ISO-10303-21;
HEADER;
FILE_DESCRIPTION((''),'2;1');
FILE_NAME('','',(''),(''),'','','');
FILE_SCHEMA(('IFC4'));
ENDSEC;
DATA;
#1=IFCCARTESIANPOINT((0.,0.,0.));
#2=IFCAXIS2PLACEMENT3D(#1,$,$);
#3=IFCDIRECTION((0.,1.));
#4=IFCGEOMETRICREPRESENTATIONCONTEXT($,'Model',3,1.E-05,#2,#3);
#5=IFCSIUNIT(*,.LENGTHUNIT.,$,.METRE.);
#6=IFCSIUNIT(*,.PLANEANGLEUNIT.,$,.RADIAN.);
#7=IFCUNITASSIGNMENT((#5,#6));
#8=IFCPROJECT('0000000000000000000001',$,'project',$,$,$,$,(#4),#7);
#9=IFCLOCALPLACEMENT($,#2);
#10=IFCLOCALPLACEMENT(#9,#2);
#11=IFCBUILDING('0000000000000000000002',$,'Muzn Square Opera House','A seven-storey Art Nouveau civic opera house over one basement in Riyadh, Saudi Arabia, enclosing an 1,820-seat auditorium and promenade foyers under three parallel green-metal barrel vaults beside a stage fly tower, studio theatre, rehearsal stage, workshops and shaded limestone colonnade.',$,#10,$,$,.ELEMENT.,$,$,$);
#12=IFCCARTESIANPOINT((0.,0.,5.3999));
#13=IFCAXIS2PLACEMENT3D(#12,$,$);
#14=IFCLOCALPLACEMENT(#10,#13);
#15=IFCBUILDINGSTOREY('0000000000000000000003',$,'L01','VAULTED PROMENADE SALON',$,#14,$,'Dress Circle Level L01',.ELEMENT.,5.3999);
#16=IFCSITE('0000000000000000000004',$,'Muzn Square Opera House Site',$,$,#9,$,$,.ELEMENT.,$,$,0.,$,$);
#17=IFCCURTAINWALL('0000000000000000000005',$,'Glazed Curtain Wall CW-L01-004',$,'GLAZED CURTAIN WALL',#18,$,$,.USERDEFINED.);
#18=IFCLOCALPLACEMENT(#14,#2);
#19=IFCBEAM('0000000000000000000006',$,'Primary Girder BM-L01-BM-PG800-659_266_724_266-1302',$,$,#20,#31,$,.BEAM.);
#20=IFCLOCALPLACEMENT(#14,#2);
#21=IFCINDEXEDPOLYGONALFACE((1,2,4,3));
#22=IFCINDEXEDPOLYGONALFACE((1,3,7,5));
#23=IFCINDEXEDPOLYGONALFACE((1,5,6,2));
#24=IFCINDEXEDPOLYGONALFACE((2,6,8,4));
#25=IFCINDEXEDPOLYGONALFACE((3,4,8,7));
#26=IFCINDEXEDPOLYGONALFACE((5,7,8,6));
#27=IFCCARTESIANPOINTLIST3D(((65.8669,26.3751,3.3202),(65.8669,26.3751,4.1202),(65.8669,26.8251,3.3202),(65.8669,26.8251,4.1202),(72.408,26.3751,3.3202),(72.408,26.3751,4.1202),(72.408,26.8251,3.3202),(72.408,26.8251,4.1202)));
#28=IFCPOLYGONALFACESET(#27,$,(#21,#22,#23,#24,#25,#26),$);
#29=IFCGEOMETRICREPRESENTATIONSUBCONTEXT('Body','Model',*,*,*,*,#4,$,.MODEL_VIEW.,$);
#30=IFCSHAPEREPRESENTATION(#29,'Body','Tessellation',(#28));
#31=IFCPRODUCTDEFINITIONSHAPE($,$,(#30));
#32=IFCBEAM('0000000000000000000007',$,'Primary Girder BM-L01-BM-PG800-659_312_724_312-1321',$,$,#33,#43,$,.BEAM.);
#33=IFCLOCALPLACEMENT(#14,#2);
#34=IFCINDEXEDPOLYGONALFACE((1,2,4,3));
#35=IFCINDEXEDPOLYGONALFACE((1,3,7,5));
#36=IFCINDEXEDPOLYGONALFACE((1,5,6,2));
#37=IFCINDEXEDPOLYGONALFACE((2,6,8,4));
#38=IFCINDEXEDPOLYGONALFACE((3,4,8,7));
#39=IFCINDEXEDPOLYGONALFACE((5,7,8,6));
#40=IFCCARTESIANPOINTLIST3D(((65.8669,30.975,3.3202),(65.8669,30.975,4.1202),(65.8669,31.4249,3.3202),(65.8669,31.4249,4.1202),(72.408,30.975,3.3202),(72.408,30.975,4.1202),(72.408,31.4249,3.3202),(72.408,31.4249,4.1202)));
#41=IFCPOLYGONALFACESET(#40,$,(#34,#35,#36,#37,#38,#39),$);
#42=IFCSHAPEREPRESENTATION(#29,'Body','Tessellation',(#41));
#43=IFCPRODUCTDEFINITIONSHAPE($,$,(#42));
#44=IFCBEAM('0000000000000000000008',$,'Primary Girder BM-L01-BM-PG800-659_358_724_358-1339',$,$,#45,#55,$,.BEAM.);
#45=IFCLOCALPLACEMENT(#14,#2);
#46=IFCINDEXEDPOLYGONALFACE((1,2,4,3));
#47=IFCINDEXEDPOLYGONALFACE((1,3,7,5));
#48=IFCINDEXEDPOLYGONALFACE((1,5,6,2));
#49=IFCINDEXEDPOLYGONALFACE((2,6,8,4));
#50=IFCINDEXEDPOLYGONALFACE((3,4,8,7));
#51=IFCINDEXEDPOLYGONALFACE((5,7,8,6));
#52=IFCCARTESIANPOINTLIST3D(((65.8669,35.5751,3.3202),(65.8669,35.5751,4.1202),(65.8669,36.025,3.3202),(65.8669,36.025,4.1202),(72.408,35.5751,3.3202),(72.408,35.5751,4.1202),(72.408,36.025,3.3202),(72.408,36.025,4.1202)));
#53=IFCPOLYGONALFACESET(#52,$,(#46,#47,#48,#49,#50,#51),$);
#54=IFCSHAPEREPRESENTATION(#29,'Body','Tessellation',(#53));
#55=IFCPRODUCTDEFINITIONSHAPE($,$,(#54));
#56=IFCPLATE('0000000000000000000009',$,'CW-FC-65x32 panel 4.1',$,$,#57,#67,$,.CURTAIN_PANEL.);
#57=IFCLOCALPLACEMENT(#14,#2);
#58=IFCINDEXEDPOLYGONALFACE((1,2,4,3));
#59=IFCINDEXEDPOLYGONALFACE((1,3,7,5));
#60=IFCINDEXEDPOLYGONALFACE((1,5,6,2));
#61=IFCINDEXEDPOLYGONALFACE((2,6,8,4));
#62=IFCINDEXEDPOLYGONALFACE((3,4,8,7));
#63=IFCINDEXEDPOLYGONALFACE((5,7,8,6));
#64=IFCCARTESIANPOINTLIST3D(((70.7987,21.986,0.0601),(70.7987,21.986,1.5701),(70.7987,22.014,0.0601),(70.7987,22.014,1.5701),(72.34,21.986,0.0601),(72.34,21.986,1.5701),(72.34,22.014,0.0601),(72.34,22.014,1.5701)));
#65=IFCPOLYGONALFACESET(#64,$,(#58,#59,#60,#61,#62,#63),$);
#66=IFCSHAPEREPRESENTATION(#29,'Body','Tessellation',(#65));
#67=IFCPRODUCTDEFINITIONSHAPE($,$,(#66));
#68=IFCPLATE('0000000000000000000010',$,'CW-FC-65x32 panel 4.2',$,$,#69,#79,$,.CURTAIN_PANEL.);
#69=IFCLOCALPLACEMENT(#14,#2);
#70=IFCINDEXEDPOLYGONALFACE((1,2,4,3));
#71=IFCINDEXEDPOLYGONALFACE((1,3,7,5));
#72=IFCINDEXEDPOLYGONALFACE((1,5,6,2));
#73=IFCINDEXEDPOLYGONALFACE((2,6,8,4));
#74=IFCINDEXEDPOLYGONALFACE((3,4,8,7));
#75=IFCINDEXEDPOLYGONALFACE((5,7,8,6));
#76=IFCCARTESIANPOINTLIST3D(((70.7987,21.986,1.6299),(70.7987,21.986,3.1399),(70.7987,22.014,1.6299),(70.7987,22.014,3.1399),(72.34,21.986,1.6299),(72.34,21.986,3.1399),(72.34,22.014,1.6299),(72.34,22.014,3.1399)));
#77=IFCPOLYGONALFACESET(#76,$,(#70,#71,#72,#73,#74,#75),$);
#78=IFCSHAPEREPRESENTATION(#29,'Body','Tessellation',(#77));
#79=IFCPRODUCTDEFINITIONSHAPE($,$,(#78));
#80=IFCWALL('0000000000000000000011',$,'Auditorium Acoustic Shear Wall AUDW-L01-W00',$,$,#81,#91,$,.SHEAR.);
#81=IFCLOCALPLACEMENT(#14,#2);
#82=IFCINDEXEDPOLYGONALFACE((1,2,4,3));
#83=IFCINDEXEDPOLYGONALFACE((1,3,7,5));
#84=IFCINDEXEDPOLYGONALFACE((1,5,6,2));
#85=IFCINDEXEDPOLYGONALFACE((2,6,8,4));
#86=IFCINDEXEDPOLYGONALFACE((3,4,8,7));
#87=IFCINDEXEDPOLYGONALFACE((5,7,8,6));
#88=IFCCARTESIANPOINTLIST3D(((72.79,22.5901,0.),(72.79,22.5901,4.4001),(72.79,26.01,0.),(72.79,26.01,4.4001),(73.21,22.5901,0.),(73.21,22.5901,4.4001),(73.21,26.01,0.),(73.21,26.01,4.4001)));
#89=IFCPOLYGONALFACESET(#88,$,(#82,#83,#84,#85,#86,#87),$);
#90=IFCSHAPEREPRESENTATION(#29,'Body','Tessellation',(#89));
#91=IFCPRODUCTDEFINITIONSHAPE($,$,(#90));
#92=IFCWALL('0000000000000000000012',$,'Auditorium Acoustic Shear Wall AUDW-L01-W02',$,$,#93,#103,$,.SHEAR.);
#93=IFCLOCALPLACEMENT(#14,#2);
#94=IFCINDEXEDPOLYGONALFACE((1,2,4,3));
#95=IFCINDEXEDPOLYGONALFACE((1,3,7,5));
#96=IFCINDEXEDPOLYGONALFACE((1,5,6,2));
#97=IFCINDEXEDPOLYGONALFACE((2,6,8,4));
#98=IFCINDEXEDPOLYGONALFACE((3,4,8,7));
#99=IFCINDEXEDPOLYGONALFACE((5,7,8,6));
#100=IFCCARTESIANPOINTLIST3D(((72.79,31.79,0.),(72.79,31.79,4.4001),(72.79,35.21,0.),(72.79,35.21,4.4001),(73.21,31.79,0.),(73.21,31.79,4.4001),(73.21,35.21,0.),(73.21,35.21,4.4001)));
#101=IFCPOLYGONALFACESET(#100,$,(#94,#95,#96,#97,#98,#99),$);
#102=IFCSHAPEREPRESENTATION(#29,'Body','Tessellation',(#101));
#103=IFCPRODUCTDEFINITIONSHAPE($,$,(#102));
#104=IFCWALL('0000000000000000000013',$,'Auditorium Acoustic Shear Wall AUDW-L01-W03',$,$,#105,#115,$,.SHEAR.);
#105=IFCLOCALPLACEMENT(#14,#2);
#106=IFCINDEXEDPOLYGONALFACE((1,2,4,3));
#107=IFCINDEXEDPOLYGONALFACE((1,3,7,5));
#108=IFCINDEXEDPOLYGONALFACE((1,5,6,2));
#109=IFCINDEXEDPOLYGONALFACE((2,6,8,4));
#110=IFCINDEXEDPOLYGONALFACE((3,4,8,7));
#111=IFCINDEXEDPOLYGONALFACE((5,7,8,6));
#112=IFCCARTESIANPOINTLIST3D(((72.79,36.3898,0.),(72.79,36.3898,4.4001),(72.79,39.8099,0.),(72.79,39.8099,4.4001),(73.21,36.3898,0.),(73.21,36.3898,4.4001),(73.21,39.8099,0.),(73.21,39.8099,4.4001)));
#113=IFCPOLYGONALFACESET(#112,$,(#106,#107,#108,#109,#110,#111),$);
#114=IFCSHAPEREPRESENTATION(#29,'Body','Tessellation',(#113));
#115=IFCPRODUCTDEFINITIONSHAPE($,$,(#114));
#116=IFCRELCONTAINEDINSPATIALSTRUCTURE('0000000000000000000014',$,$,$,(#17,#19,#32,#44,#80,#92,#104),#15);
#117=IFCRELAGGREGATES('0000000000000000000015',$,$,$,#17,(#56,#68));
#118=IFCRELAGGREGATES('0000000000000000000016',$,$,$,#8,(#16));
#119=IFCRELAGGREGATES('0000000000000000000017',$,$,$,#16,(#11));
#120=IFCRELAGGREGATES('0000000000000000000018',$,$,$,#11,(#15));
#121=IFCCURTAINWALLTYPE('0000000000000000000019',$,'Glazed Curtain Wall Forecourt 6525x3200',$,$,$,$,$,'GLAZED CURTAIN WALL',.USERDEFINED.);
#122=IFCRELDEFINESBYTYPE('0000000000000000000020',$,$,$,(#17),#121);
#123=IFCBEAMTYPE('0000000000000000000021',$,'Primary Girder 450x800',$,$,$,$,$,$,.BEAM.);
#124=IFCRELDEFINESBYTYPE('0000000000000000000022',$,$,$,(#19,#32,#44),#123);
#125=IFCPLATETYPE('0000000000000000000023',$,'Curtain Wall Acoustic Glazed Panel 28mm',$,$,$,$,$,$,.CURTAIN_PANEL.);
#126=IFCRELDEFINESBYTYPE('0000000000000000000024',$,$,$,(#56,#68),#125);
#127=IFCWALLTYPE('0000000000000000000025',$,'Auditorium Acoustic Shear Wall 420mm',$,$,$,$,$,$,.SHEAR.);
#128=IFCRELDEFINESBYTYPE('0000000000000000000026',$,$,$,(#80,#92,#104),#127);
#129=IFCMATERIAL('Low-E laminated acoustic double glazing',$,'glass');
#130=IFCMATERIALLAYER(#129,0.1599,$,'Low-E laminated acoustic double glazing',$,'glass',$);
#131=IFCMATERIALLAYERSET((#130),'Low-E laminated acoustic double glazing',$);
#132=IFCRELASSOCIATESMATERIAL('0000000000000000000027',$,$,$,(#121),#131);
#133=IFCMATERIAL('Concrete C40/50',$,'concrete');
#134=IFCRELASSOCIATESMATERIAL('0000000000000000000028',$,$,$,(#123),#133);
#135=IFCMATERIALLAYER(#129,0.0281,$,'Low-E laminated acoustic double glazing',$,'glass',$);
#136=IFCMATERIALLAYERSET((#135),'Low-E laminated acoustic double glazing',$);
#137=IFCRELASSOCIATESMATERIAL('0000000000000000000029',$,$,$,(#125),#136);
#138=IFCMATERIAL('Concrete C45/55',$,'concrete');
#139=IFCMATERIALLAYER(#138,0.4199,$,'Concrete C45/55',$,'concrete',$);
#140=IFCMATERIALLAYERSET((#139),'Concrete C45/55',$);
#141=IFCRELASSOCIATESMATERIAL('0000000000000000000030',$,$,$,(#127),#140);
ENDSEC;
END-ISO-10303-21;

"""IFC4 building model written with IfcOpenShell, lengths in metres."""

from ifc_helpers import new_model, si_unit, direction, frame, frame_2d, origin, origin_2d, place, context, subcontext, project, spatial, rectangle, extrude, material, layer, layer_set, material_profile, profile_set, type_object, element, aggregate, save


model = new_model("IFC4")

# Units and contexts
model_context = context("Model", 3, precision=1e-05, world=origin(), true_north=direction((0.0, 1.0)))
body_context = subcontext(model_context, "Body", "Model", "MODEL_VIEW")
ifc_project = project(units=[si_unit("LENGTHUNIT", "METRE"), si_unit("PLANEANGLEUNIT", "RADIAN")], contexts=[model_context])

# Site, building, storey
site_placement = place(None, origin())
site = spatial("IfcSite", under=ifc_project, at=site_placement, Name="Muzn Square Opera House Site", CompositionType="ELEMENT", RefElevation=0.0)
building_placement = place(site_placement, origin())
building = spatial("IfcBuilding", under=site, at=building_placement, Name="Muzn Square Opera House", Description="A seven-storey Art Nouveau civic opera house over one basement in Riyadh, Saudi Arabia, enclosing an 1,820-seat auditorium and promenade foyers under three parallel green-metal barrel vaults beside a stage fly tower, studio theatre, rehearsal stage, workshops and shaded limestone colonnade.", CompositionType="ELEMENT")
storey_placement = place(building_placement, frame((0.0, 0.0, 5.3999)))
storey = spatial("IfcBuildingStorey", under=building, at=storey_placement, Name="L01", Description="VAULTED PROMENADE SALON", LongName="Dress Circle Level L01", CompositionType="ELEMENT", Elevation=5.3999)

# Shared definitions
ifc_material_1 = material(Name="Concrete C45/55", Category="concrete")

# Curtain wall
ifc_material_2 = material(Name="Low-E laminated acoustic double glazing", Category="glass")
ifc_layer_1 = layer(ifc_material_2, 0.1599, Name="Low-E laminated acoustic double glazing", Category="glass")
ifc_layer_set_1 = layer_set([ifc_layer_1], Name="Low-E laminated acoustic double glazing")
curtain_wall_type = type_object("IfcCurtainWallType", Name="Glazed Curtain Wall Forecourt 6525x3200", ElementType="GLAZED CURTAIN WALL", PredefinedType="USERDEFINED", material=ifc_layer_set_1)
curtain_wall_placement = place(storey_placement, origin())
curtain_wall = element("IfcCurtainWall", 1, at=curtain_wall_placement, inside=storey, type_object=curtain_wall_type, Name="Glazed Curtain Wall CW-L01-004", ObjectType="GLAZED CURTAIN WALL", PredefinedType="USERDEFINED")

# Beams
ifc_material_3 = material(Name="Concrete C40/50", Category="concrete")
ifc_material_profile_1 = material_profile(ifc_material_3, rectangle(XDim=0.45, YDim=0.8, at=origin_2d()), Name="RCB 450x800", Category="concrete")
ifc_profile_set_1 = profile_set([ifc_material_profile_1], Name="Concrete C40/50")
beam_type_1 = type_object("IfcBeamType", Name="Primary Girder 450x800", PredefinedType="BEAM", material=ifc_profile_set_1)
for number, where, z_axis, x_axis, name in (
    (2, (65.8669, 26.6001, 3.7202), (1.0, 0.0, 0.0), (0.0, 1.0, 0.0), "Primary Girder BM-L01-BM-PG800-659_266_724_266-1302"),
    (3, (65.8669, 31.2, 3.7202), (1.0, 0.0, 0.0), (0.0, 1.0, 0.0), "Primary Girder BM-L01-BM-PG800-659_312_724_312-1321"),
    (4, (65.8669, 35.8, 3.7202), (1.0, 0.0, 0.0), (0.0, 1.0, 0.0), "Primary Girder BM-L01-BM-PG800-659_358_724_358-1339"),
):
    element("IfcBeam", number, at=place(storey_placement, frame(where, z_axis=z_axis, x_axis=x_axis)), inside=storey, type_object=beam_type_1, Name=name, PredefinedType="BEAM", context=body_context, shape_type="SweptSolid", body=[
        extrude(rectangle(XDim=0.45, YDim=0.8, at=origin_2d()), origin(), (0.0, 0.0, 1.0), 6.541),
    ])

# Plates
ifc_layer_2 = layer(ifc_material_2, 0.0281, Name="Low-E laminated acoustic double glazing", Category="glass")
ifc_layer_set_2 = layer_set([ifc_layer_2], Name="Low-E laminated acoustic double glazing")
plate_type = type_object("IfcPlateType", Name="Curtain Wall Acoustic Glazed Panel 28mm", PredefinedType="CURTAIN_PANEL", material=ifc_layer_set_2)
plate_1_placement = place(storey_placement, frame((71.5693, 22.0, 0.0601), z_axis=(0.0, 0.0, 1.0), x_axis=(1.0, 0.0, 0.0)))
plate_1 = element("IfcPlate", 5, at=plate_1_placement, type_object=plate_type, Name="CW-FC-65x32 panel 4.1", PredefinedType="CURTAIN_PANEL", context=body_context, shape_type="SweptSolid", body=[
    extrude(rectangle(XDim=1.5413, YDim=0.0281, at=origin_2d()), origin(), (0.0, 0.0, 1.0), 1.51),
])
plate_2_placement = place(storey_placement, frame((71.5693, 22.0, 1.6299), z_axis=(0.0, 0.0, 1.0), x_axis=(1.0, 0.0, 0.0)))
plate_2 = element("IfcPlate", 6, at=plate_2_placement, type_object=plate_type, Name="CW-FC-65x32 panel 4.2", PredefinedType="CURTAIN_PANEL", context=body_context, shape_type="SweptSolid", body=[
    extrude(rectangle(XDim=1.5413, YDim=0.0281, at=origin_2d()), origin(), (0.0, 0.0, 1.0), 1.51),
])
aggregate(curtain_wall, [plate_1, plate_2])

# Walls
ifc_layer_3 = layer(ifc_material_1, 0.4199, Name="Concrete C45/55", Category="concrete")
ifc_layer_set_3 = layer_set([ifc_layer_3], Name="Concrete C45/55")
wall_type = type_object("IfcWallType", Name="Auditorium Acoustic Shear Wall 420mm", PredefinedType="SHEAR", material=ifc_layer_set_3)
for number, where, z_axis, x_axis, name in (
    (7, (73.0, 22.5901, 0.0), (0.0, 0.0, 1.0), (0.0, 1.0, 0.0), "Auditorium Acoustic Shear Wall AUDW-L01-W00"),
    (8, (73.0, 31.79, 0.0), (0.0, 0.0, 1.0), (0.0, 1.0, 0.0), "Auditorium Acoustic Shear Wall AUDW-L01-W02"),
):
    element("IfcWall", number, at=place(storey_placement, frame(where, z_axis=z_axis, x_axis=x_axis)), inside=storey, type_object=wall_type, Name=name, PredefinedType="SHEAR", context=body_context, shape_type="SweptSolid", body=[
        extrude(rectangle(XDim=3.4199, YDim=0.4199, at=frame_2d((1.71, 0.0))), origin(), (0.0, 0.0, 1.0), 4.4001),
    ])
wall_placement = place(storey_placement, frame((73.0, 36.3899, 0.0), z_axis=(0.0, 0.0, 1.0), x_axis=(0.0, 1.0, 0.0)))
element("IfcWall", 9, at=wall_placement, inside=storey, type_object=wall_type, Name="Auditorium Acoustic Shear Wall AUDW-L01-W03", PredefinedType="SHEAR", context=body_context, shape_type="SweptSolid", body=[
    extrude(rectangle(XDim=3.4202, YDim=0.4199, at=frame_2d((1.71, 0.0))), origin(), (0.0, 0.0, 1.0), 4.4001),
])

save(model, "model.ifc")
